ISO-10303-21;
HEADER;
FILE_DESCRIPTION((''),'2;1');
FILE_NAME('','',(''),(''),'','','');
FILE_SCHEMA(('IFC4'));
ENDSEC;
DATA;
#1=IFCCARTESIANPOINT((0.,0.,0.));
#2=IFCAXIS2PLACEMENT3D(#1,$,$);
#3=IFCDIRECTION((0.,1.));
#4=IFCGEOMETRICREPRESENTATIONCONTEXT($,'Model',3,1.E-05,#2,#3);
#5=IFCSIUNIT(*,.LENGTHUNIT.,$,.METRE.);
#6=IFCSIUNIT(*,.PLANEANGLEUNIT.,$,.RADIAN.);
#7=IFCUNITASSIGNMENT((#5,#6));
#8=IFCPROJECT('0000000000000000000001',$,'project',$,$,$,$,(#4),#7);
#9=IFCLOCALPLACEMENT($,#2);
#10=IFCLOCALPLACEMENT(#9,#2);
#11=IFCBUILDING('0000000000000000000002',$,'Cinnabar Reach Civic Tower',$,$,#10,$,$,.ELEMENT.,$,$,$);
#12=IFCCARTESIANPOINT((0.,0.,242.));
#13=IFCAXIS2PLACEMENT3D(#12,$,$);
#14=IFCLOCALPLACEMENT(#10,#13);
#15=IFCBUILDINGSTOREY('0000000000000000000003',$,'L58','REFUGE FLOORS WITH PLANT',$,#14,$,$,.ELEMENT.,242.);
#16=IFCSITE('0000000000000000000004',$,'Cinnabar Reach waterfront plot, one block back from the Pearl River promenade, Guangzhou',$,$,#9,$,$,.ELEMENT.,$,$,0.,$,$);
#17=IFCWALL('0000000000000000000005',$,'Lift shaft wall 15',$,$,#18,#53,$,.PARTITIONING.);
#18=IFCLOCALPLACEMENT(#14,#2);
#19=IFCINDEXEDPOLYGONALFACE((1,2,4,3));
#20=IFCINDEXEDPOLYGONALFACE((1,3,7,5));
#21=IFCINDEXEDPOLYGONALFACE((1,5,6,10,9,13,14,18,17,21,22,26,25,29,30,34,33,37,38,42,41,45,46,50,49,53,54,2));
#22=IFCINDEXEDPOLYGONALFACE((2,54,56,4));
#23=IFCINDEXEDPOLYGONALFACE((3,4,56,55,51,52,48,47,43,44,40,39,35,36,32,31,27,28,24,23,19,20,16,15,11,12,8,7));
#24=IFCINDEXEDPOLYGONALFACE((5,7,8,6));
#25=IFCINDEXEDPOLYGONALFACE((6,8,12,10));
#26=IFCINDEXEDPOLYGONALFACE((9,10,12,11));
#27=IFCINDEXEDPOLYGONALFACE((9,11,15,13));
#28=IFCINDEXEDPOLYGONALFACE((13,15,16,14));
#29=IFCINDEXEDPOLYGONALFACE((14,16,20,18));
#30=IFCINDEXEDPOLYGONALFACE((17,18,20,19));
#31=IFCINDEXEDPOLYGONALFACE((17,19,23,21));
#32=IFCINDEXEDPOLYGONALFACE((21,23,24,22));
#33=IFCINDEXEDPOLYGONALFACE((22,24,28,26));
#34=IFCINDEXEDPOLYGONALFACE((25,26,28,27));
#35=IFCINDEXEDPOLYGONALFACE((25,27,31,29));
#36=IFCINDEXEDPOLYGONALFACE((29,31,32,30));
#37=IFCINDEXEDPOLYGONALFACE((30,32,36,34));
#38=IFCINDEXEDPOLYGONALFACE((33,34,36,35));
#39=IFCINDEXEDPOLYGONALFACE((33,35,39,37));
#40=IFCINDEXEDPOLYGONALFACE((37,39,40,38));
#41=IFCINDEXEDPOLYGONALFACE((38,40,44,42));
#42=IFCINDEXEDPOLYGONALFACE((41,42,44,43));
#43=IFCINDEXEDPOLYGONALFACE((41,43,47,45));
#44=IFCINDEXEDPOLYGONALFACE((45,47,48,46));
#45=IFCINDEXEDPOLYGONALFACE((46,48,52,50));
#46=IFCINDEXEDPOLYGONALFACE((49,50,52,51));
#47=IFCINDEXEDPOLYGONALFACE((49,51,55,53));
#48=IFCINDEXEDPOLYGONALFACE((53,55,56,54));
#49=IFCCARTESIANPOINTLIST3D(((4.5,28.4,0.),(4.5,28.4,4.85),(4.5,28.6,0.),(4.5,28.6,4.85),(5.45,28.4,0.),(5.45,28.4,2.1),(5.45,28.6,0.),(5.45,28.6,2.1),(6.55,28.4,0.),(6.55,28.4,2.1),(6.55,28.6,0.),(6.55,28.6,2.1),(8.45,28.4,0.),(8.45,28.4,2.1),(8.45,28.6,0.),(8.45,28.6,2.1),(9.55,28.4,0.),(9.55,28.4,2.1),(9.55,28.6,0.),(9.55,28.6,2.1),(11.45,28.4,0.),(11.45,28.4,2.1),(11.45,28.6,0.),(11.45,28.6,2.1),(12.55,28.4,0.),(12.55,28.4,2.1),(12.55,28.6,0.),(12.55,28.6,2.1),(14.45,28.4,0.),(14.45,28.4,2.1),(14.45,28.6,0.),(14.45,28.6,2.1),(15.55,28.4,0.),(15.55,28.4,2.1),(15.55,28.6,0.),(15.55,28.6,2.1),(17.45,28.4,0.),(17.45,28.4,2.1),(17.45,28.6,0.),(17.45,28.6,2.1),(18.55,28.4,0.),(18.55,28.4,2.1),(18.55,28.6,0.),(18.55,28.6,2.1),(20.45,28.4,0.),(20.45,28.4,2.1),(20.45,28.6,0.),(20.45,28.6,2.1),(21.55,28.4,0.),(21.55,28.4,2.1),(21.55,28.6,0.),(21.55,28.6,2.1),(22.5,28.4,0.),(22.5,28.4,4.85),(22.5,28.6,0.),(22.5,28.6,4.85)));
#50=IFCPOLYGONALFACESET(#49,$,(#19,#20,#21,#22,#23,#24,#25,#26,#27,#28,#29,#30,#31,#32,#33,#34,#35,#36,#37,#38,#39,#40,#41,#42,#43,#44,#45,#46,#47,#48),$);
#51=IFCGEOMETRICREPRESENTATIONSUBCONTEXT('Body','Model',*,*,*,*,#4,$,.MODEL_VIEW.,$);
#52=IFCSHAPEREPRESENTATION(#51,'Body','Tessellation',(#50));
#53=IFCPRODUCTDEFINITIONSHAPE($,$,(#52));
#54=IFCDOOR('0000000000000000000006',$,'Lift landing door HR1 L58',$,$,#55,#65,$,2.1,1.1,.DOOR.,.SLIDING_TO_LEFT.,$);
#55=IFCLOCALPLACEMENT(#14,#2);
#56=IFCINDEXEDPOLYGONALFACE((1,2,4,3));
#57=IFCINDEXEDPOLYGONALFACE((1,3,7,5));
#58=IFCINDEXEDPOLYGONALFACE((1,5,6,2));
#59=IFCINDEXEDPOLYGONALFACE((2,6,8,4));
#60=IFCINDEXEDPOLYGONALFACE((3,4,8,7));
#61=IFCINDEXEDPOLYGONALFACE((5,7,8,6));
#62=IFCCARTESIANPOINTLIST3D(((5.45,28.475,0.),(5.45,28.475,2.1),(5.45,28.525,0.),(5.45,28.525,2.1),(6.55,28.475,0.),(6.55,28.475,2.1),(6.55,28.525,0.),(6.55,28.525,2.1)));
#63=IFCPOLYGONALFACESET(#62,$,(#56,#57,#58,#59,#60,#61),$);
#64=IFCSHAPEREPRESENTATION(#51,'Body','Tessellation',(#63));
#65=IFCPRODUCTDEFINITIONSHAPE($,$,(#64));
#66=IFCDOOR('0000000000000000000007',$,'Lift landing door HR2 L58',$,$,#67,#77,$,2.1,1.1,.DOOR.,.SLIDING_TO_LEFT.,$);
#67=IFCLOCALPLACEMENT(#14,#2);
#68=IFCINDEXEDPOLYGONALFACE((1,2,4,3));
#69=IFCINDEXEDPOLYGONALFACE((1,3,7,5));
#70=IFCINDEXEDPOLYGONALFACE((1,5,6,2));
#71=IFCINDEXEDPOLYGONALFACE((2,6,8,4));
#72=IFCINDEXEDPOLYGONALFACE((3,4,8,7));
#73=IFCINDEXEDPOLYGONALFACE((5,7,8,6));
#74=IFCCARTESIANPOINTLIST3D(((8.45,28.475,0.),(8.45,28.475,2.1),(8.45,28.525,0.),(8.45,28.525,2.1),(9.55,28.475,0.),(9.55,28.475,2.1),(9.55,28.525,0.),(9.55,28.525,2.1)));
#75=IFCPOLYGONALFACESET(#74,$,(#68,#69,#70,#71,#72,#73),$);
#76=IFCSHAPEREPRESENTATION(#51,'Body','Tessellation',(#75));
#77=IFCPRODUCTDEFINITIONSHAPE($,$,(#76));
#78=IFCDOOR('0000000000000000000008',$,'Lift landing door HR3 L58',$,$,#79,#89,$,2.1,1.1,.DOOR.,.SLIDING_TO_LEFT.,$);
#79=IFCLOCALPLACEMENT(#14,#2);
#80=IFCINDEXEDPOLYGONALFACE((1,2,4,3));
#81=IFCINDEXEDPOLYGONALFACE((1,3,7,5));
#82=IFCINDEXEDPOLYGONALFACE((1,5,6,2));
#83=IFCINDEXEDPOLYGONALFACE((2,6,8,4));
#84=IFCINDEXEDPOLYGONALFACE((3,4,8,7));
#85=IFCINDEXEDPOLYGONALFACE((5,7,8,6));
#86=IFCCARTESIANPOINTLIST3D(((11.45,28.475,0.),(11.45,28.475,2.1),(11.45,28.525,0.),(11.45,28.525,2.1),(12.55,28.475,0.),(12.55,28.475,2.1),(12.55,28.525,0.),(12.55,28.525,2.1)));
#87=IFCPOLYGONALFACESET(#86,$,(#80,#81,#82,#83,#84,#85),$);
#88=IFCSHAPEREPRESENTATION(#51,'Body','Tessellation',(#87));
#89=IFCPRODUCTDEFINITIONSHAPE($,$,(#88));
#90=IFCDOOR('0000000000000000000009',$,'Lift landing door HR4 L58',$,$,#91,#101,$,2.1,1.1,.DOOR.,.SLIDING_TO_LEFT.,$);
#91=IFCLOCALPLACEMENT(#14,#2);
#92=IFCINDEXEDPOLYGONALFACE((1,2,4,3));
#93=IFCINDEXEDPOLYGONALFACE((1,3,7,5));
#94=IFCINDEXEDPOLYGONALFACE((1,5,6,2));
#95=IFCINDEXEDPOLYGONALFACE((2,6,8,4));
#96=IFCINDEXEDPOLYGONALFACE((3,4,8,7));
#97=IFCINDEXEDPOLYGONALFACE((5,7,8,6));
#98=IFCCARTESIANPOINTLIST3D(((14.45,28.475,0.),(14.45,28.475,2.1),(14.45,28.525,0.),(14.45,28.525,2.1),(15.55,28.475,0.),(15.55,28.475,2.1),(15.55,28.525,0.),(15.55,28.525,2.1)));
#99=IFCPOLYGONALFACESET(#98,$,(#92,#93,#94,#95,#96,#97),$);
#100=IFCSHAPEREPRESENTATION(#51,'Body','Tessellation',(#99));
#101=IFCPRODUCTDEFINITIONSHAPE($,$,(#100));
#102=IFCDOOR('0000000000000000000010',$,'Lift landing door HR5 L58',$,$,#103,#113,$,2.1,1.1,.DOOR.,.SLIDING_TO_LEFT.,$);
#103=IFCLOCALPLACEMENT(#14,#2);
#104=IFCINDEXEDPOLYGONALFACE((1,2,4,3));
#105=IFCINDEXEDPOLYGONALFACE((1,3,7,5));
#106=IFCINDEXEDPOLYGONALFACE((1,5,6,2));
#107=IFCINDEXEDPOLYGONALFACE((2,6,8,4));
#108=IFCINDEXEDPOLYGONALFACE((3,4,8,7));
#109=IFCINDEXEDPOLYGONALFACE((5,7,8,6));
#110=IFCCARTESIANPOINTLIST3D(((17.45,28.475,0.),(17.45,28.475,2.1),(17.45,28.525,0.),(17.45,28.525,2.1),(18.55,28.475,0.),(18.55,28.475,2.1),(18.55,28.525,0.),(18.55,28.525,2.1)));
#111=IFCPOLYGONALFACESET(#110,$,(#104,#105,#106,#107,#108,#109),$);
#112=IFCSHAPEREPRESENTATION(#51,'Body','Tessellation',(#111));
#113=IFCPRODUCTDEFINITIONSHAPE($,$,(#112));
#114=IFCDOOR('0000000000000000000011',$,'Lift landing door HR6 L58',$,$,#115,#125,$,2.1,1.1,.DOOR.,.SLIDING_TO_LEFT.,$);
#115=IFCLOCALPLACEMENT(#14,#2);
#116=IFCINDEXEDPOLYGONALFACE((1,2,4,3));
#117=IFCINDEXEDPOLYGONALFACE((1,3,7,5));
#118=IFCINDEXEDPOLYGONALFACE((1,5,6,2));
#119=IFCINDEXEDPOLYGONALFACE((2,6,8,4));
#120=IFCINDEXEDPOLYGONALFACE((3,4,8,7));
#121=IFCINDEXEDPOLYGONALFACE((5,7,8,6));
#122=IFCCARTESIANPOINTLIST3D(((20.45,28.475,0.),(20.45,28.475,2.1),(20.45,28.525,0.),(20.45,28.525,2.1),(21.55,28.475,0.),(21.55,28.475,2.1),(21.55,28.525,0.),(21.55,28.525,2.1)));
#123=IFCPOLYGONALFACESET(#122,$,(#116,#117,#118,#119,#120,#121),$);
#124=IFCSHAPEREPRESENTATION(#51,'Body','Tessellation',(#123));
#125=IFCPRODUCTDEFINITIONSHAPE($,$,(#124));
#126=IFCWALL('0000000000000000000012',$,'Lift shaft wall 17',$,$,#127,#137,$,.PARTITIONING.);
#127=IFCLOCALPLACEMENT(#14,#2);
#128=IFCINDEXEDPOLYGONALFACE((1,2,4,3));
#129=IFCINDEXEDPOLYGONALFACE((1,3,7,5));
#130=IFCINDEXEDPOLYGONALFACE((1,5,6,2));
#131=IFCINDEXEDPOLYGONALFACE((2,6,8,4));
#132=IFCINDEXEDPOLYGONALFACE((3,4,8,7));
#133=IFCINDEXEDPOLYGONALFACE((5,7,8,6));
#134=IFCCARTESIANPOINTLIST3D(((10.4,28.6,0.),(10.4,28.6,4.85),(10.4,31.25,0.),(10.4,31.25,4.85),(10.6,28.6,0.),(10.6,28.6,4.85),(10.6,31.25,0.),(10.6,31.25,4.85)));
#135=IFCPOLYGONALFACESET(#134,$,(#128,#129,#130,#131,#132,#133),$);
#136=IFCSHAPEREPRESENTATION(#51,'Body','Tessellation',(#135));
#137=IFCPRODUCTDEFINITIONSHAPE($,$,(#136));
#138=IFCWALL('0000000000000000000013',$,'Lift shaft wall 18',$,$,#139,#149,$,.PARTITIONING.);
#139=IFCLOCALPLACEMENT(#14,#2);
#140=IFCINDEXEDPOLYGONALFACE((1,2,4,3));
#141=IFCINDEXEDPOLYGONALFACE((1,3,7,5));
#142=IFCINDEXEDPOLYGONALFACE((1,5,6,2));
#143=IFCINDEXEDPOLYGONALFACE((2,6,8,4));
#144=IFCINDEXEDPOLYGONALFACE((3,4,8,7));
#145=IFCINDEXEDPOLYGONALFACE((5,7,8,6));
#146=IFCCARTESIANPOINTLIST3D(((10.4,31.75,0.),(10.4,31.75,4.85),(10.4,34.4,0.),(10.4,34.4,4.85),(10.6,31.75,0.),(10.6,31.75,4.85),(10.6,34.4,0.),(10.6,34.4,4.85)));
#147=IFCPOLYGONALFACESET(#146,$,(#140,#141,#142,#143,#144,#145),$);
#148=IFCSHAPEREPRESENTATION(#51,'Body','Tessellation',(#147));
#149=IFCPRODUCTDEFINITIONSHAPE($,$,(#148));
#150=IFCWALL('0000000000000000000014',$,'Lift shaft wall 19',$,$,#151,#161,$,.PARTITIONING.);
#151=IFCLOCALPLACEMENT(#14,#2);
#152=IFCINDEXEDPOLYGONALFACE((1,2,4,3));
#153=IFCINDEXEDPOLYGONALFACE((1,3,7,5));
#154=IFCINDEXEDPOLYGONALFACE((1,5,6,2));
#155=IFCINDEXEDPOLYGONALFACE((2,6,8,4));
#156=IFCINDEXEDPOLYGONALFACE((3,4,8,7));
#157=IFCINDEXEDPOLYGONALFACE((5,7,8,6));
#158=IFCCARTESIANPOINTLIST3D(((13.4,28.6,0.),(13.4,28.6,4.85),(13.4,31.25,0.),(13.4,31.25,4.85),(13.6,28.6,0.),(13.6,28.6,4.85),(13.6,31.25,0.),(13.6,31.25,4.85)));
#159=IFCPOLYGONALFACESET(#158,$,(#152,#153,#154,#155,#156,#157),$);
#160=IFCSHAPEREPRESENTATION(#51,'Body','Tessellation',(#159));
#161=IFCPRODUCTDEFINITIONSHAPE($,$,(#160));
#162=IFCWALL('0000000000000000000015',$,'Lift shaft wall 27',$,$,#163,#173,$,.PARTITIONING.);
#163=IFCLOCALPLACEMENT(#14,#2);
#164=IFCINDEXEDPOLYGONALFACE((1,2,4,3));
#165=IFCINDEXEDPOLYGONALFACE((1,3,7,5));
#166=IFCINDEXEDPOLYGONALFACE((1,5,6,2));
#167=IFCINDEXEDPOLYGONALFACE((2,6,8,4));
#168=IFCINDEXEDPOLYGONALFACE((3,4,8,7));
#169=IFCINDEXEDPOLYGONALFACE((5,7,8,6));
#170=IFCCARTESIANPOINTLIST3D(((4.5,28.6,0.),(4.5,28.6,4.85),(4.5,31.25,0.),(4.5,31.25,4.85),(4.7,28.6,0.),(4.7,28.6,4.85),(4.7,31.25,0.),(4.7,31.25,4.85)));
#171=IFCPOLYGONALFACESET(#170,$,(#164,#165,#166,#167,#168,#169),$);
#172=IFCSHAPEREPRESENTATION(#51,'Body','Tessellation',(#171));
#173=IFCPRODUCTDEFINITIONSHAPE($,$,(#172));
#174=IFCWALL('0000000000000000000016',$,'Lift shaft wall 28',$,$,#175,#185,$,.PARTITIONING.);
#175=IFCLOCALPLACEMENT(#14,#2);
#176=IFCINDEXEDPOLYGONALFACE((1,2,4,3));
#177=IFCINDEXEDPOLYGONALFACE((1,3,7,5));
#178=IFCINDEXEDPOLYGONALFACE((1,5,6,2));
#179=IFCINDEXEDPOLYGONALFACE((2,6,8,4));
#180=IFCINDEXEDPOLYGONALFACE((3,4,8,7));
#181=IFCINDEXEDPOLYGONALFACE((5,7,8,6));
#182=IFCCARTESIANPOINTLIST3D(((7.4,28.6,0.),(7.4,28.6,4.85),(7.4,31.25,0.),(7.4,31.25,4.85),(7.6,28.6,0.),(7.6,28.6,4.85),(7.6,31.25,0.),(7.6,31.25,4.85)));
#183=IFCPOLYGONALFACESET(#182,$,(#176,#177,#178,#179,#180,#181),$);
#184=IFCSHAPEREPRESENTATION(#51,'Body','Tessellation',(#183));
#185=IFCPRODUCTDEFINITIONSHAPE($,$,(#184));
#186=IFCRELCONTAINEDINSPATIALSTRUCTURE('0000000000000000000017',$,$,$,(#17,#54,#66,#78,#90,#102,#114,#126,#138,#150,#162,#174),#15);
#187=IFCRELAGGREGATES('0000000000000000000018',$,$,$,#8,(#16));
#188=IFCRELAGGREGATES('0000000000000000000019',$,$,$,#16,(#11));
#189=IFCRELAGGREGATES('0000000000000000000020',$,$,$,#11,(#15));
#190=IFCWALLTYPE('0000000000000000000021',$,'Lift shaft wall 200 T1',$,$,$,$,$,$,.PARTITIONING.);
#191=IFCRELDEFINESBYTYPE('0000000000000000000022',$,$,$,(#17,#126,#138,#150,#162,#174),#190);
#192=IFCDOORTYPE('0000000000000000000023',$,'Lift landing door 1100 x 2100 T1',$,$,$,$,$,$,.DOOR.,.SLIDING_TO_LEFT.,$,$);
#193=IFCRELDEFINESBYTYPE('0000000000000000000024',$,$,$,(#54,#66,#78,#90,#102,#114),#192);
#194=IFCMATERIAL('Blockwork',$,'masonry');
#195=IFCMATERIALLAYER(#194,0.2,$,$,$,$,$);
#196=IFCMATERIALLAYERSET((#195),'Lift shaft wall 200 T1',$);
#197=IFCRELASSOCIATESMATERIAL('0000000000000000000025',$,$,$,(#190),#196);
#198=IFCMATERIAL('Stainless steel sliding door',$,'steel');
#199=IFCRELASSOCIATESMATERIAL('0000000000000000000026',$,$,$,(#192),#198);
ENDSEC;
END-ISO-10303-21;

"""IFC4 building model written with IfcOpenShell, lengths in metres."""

from ifc_helpers import new_model, si_unit, direction, frame, frame_2d, origin, place, context, subcontext, project, spatial, rectangle, extrude, material, layer, layer_set, type_object, element, fill, save


model = new_model("IFC4")

# Units and contexts
model_context = context("Model", 3, precision=1e-05, world=origin(), true_north=direction((0.0, 1.0)))
body_context = subcontext(model_context, "Body", "Model", "MODEL_VIEW")
ifc_project = project(units=[si_unit("LENGTHUNIT", "METRE"), si_unit("PLANEANGLEUNIT", "RADIAN")], contexts=[model_context])

# Site, building, storey
site_placement = place(None, origin())
site = spatial("IfcSite", under=ifc_project, at=site_placement, Name="Cinnabar Reach waterfront plot, one block back from the Pearl River promenade, Guangzhou", CompositionType="ELEMENT", RefElevation=0.0)
building_placement = place(site_placement, origin())
building = spatial("IfcBuilding", under=site, at=building_placement, Name="Cinnabar Reach Civic Tower", CompositionType="ELEMENT")
storey_placement = place(building_placement, frame((0.0, 0.0, 242.0)))
storey = spatial("IfcBuildingStorey", under=building, at=storey_placement, Name="L58", Description="REFUGE FLOORS WITH PLANT", CompositionType="ELEMENT", Elevation=242.0)

# Wall, openings, doors
ifc_material_1 = material(Name="Blockwork", Category="masonry")
ifc_layer_1 = layer(ifc_material_1, 0.2)
ifc_layer_set_1 = layer_set([ifc_layer_1], Name="Lift shaft wall 200 T1")
wall_type_1 = type_object("IfcWallType", Name="Lift shaft wall 200 T1", PredefinedType="PARTITIONING", material=ifc_layer_set_1)
wall_1_placement = place(storey_placement, frame((4.5, 28.5, 0.0), z_axis=(0.0, 0.0, 1.0), x_axis=(1.0, 0.0, 0.0)))
wall_1 = element("IfcWall", 1, at=wall_1_placement, inside=storey, type_object=wall_type_1, Name="Lift shaft wall 15", PredefinedType="PARTITIONING", context=body_context, shape_type="SweptSolid", body=[
    extrude(rectangle(XDim=18.0, YDim=0.2, at=frame_2d((9.0, 0.0))), origin(), (0.0, 0.0, 1.0), 4.85),
])
opening_1_placement = place(wall_1_placement, frame((0.95, 0.0, 0.0)))
opening_1 = element("IfcOpeningElement", 2, at=opening_1_placement, cuts=wall_1, PredefinedType="OPENING", context=body_context, shape_type="SweptSolid", body=[
    extrude(rectangle(XDim=1.1, YDim=2.1, at=frame_2d((0.55, 1.05))), frame((0.0, 0.11, 0.0), z_axis=(0.0, -1.0, 0.0), x_axis=(1.0, 0.0, 0.0)), (0.0, 0.0, 1.0), 0.22),
])
opening_2_placement = place(wall_1_placement, frame((3.95, 0.0, 0.0)))
opening_2 = element("IfcOpeningElement", 3, at=opening_2_placement, cuts=wall_1, PredefinedType="OPENING", context=body_context, shape_type="SweptSolid", body=[
    extrude(rectangle(XDim=1.1, YDim=2.1, at=frame_2d((0.55, 1.05))), frame((0.0, 0.11, 0.0), z_axis=(0.0, -1.0, 0.0), x_axis=(1.0, 0.0, 0.0)), (0.0, 0.0, 1.0), 0.22),
])
opening_3_placement = place(wall_1_placement, frame((6.95, 0.0, 0.0)))
opening_3 = element("IfcOpeningElement", 4, at=opening_3_placement, cuts=wall_1, PredefinedType="OPENING", context=body_context, shape_type="SweptSolid", body=[
    extrude(rectangle(XDim=1.1, YDim=2.1, at=frame_2d((0.55, 1.05))), frame((0.0, 0.11, 0.0), z_axis=(0.0, -1.0, 0.0), x_axis=(1.0, 0.0, 0.0)), (0.0, 0.0, 1.0), 0.22),
])
opening_4_placement = place(wall_1_placement, frame((9.95, 0.0, 0.0)))
opening_4 = element("IfcOpeningElement", 5, at=opening_4_placement, cuts=wall_1, PredefinedType="OPENING", context=body_context, shape_type="SweptSolid", body=[
    extrude(rectangle(XDim=1.1, YDim=2.1, at=frame_2d((0.55, 1.05))), frame((0.0, 0.11, 0.0), z_axis=(0.0, -1.0, 0.0), x_axis=(1.0, 0.0, 0.0)), (0.0, 0.0, 1.0), 0.22),
])
opening_5_placement = place(wall_1_placement, frame((12.95, 0.0, 0.0)))
opening_5 = element("IfcOpeningElement", 6, at=opening_5_placement, cuts=wall_1, PredefinedType="OPENING", context=body_context, shape_type="SweptSolid", body=[
    extrude(rectangle(XDim=1.1, YDim=2.1, at=frame_2d((0.55, 1.05))), frame((0.0, 0.11, 0.0), z_axis=(0.0, -1.0, 0.0), x_axis=(1.0, 0.0, 0.0)), (0.0, 0.0, 1.0), 0.22),
])
opening_6_placement = place(wall_1_placement, frame((15.95, 0.0, 0.0)))
opening_6 = element("IfcOpeningElement", 7, at=opening_6_placement, cuts=wall_1, PredefinedType="OPENING", context=body_context, shape_type="SweptSolid", body=[
    extrude(rectangle(XDim=1.1, YDim=2.1, at=frame_2d((0.55, 1.05))), frame((0.0, 0.11, 0.0), z_axis=(0.0, -1.0, 0.0), x_axis=(1.0, 0.0, 0.0)), (0.0, 0.0, 1.0), 0.22),
])
ifc_material_2 = material(Name="Stainless steel sliding door", Category="steel")
door_type_1 = type_object("IfcDoorType", Name="Lift landing door 1100 x 2100 T1", OperationType="SLIDING_TO_LEFT", PredefinedType="DOOR", material=ifc_material_2)
door_1_placement = place(opening_1_placement, origin())
door_1 = element("IfcDoor", 8, at=door_1_placement, inside=storey, type_object=door_type_1, Name="Lift landing door HR1 L58", OperationType="SLIDING_TO_LEFT", OverallHeight=2.1, OverallWidth=1.1, PredefinedType="DOOR", context=body_context, shape_type="SweptSolid", body=[
    extrude(rectangle(XDim=1.1, YDim=2.1, at=frame_2d((0.55, 1.05))), frame((0.0, 0.025, 0.0), z_axis=(0.0, -1.0, 0.0), x_axis=(1.0, 0.0, 0.0)), (0.0, 0.0, 1.0), 0.05),
])
fill(opening_1, door_1)
door_2_placement = place(opening_2_placement, origin())
door_2 = element("IfcDoor", 9, at=door_2_placement, inside=storey, type_object=door_type_1, Name="Lift landing door HR2 L58", OperationType="SLIDING_TO_LEFT", OverallHeight=2.1, OverallWidth=1.1, PredefinedType="DOOR", context=body_context, shape_type="SweptSolid", body=[
    extrude(rectangle(XDim=1.1, YDim=2.1, at=frame_2d((0.55, 1.05))), frame((0.0, 0.025, 0.0), z_axis=(0.0, -1.0, 0.0), x_axis=(1.0, 0.0, 0.0)), (0.0, 0.0, 1.0), 0.05),
])
fill(opening_2, door_2)
door_3_placement = place(opening_3_placement, origin())
door_3 = element("IfcDoor", 10, at=door_3_placement, inside=storey, type_object=door_type_1, Name="Lift landing door HR3 L58", OperationType="SLIDING_TO_LEFT", OverallHeight=2.1, OverallWidth=1.1, PredefinedType="DOOR", context=body_context, shape_type="SweptSolid", body=[
    extrude(rectangle(XDim=1.1, YDim=2.1, at=frame_2d((0.55, 1.05))), frame((0.0, 0.025, 0.0), z_axis=(0.0, -1.0, 0.0), x_axis=(1.0, 0.0, 0.0)), (0.0, 0.0, 1.0), 0.05),
])
fill(opening_3, door_3)
door_4_placement = place(opening_4_placement, origin())
door_4 = element("IfcDoor", 11, at=door_4_placement, inside=storey, type_object=door_type_1, Name="Lift landing door HR4 L58", OperationType="SLIDING_TO_LEFT", OverallHeight=2.1, OverallWidth=1.1, PredefinedType="DOOR", context=body_context, shape_type="SweptSolid", body=[
    extrude(rectangle(XDim=1.1, YDim=2.1, at=frame_2d((0.55, 1.05))), frame((0.0, 0.025, 0.0), z_axis=(0.0, -1.0, 0.0), x_axis=(1.0, 0.0, 0.0)), (0.0, 0.0, 1.0), 0.05),
])
fill(opening_4, door_4)
door_5_placement = place(opening_5_placement, origin())
door_5 = element("IfcDoor", 12, at=door_5_placement, inside=storey, type_object=door_type_1, Name="Lift landing door HR5 L58", OperationType="SLIDING_TO_LEFT", OverallHeight=2.1, OverallWidth=1.1, PredefinedType="DOOR", context=body_context, shape_type="SweptSolid", body=[
    extrude(rectangle(XDim=1.1, YDim=2.1, at=frame_2d((0.55, 1.05))), frame((0.0, 0.025, 0.0), z_axis=(0.0, -1.0, 0.0), x_axis=(1.0, 0.0, 0.0)), (0.0, 0.0, 1.0), 0.05),
])
fill(opening_5, door_5)
door_6_placement = place(opening_6_placement, origin())
door_6 = element("IfcDoor", 13, at=door_6_placement, inside=storey, type_object=door_type_1, Name="Lift landing door HR6 L58", OperationType="SLIDING_TO_LEFT", OverallHeight=2.1, OverallWidth=1.1, PredefinedType="DOOR", context=body_context, shape_type="SweptSolid", body=[
    extrude(rectangle(XDim=1.1, YDim=2.1, at=frame_2d((0.55, 1.05))), frame((0.0, 0.025, 0.0), z_axis=(0.0, -1.0, 0.0), x_axis=(1.0, 0.0, 0.0)), (0.0, 0.0, 1.0), 0.05),
])
fill(opening_6, door_6)

# Walls
for number, where, z_axis, x_axis, name in (
    (14, (10.5, 28.6, 0.0), (0.0, 0.0, 1.0), (0.0, 1.0, 0.0), "Lift shaft wall 17"),
    (15, (10.5, 31.75, 0.0), (0.0, 0.0, 1.0), (0.0, 1.0, 0.0), "Lift shaft wall 18"),
    (16, (13.5, 28.6, 0.0), (0.0, 0.0, 1.0), (0.0, 1.0, 0.0), "Lift shaft wall 19"),
    (17, (4.6, 28.6, 0.0), (0.0, 0.0, 1.0), (0.0, 1.0, 0.0), "Lift shaft wall 27"),
    (18, (7.5, 28.6, 0.0), (0.0, 0.0, 1.0), (0.0, 1.0, 0.0), "Lift shaft wall 28"),
):
    element("IfcWall", number, at=place(storey_placement, frame(where, z_axis=z_axis, x_axis=x_axis)), inside=storey, type_object=wall_type_1, Name=name, PredefinedType="PARTITIONING", context=body_context, shape_type="SweptSolid", body=[
        extrude(rectangle(XDim=2.65, YDim=0.2, at=frame_2d((1.325, 0.0))), origin(), (0.0, 0.0, 1.0), 4.85),
    ])

save(model, "model.ifc")
